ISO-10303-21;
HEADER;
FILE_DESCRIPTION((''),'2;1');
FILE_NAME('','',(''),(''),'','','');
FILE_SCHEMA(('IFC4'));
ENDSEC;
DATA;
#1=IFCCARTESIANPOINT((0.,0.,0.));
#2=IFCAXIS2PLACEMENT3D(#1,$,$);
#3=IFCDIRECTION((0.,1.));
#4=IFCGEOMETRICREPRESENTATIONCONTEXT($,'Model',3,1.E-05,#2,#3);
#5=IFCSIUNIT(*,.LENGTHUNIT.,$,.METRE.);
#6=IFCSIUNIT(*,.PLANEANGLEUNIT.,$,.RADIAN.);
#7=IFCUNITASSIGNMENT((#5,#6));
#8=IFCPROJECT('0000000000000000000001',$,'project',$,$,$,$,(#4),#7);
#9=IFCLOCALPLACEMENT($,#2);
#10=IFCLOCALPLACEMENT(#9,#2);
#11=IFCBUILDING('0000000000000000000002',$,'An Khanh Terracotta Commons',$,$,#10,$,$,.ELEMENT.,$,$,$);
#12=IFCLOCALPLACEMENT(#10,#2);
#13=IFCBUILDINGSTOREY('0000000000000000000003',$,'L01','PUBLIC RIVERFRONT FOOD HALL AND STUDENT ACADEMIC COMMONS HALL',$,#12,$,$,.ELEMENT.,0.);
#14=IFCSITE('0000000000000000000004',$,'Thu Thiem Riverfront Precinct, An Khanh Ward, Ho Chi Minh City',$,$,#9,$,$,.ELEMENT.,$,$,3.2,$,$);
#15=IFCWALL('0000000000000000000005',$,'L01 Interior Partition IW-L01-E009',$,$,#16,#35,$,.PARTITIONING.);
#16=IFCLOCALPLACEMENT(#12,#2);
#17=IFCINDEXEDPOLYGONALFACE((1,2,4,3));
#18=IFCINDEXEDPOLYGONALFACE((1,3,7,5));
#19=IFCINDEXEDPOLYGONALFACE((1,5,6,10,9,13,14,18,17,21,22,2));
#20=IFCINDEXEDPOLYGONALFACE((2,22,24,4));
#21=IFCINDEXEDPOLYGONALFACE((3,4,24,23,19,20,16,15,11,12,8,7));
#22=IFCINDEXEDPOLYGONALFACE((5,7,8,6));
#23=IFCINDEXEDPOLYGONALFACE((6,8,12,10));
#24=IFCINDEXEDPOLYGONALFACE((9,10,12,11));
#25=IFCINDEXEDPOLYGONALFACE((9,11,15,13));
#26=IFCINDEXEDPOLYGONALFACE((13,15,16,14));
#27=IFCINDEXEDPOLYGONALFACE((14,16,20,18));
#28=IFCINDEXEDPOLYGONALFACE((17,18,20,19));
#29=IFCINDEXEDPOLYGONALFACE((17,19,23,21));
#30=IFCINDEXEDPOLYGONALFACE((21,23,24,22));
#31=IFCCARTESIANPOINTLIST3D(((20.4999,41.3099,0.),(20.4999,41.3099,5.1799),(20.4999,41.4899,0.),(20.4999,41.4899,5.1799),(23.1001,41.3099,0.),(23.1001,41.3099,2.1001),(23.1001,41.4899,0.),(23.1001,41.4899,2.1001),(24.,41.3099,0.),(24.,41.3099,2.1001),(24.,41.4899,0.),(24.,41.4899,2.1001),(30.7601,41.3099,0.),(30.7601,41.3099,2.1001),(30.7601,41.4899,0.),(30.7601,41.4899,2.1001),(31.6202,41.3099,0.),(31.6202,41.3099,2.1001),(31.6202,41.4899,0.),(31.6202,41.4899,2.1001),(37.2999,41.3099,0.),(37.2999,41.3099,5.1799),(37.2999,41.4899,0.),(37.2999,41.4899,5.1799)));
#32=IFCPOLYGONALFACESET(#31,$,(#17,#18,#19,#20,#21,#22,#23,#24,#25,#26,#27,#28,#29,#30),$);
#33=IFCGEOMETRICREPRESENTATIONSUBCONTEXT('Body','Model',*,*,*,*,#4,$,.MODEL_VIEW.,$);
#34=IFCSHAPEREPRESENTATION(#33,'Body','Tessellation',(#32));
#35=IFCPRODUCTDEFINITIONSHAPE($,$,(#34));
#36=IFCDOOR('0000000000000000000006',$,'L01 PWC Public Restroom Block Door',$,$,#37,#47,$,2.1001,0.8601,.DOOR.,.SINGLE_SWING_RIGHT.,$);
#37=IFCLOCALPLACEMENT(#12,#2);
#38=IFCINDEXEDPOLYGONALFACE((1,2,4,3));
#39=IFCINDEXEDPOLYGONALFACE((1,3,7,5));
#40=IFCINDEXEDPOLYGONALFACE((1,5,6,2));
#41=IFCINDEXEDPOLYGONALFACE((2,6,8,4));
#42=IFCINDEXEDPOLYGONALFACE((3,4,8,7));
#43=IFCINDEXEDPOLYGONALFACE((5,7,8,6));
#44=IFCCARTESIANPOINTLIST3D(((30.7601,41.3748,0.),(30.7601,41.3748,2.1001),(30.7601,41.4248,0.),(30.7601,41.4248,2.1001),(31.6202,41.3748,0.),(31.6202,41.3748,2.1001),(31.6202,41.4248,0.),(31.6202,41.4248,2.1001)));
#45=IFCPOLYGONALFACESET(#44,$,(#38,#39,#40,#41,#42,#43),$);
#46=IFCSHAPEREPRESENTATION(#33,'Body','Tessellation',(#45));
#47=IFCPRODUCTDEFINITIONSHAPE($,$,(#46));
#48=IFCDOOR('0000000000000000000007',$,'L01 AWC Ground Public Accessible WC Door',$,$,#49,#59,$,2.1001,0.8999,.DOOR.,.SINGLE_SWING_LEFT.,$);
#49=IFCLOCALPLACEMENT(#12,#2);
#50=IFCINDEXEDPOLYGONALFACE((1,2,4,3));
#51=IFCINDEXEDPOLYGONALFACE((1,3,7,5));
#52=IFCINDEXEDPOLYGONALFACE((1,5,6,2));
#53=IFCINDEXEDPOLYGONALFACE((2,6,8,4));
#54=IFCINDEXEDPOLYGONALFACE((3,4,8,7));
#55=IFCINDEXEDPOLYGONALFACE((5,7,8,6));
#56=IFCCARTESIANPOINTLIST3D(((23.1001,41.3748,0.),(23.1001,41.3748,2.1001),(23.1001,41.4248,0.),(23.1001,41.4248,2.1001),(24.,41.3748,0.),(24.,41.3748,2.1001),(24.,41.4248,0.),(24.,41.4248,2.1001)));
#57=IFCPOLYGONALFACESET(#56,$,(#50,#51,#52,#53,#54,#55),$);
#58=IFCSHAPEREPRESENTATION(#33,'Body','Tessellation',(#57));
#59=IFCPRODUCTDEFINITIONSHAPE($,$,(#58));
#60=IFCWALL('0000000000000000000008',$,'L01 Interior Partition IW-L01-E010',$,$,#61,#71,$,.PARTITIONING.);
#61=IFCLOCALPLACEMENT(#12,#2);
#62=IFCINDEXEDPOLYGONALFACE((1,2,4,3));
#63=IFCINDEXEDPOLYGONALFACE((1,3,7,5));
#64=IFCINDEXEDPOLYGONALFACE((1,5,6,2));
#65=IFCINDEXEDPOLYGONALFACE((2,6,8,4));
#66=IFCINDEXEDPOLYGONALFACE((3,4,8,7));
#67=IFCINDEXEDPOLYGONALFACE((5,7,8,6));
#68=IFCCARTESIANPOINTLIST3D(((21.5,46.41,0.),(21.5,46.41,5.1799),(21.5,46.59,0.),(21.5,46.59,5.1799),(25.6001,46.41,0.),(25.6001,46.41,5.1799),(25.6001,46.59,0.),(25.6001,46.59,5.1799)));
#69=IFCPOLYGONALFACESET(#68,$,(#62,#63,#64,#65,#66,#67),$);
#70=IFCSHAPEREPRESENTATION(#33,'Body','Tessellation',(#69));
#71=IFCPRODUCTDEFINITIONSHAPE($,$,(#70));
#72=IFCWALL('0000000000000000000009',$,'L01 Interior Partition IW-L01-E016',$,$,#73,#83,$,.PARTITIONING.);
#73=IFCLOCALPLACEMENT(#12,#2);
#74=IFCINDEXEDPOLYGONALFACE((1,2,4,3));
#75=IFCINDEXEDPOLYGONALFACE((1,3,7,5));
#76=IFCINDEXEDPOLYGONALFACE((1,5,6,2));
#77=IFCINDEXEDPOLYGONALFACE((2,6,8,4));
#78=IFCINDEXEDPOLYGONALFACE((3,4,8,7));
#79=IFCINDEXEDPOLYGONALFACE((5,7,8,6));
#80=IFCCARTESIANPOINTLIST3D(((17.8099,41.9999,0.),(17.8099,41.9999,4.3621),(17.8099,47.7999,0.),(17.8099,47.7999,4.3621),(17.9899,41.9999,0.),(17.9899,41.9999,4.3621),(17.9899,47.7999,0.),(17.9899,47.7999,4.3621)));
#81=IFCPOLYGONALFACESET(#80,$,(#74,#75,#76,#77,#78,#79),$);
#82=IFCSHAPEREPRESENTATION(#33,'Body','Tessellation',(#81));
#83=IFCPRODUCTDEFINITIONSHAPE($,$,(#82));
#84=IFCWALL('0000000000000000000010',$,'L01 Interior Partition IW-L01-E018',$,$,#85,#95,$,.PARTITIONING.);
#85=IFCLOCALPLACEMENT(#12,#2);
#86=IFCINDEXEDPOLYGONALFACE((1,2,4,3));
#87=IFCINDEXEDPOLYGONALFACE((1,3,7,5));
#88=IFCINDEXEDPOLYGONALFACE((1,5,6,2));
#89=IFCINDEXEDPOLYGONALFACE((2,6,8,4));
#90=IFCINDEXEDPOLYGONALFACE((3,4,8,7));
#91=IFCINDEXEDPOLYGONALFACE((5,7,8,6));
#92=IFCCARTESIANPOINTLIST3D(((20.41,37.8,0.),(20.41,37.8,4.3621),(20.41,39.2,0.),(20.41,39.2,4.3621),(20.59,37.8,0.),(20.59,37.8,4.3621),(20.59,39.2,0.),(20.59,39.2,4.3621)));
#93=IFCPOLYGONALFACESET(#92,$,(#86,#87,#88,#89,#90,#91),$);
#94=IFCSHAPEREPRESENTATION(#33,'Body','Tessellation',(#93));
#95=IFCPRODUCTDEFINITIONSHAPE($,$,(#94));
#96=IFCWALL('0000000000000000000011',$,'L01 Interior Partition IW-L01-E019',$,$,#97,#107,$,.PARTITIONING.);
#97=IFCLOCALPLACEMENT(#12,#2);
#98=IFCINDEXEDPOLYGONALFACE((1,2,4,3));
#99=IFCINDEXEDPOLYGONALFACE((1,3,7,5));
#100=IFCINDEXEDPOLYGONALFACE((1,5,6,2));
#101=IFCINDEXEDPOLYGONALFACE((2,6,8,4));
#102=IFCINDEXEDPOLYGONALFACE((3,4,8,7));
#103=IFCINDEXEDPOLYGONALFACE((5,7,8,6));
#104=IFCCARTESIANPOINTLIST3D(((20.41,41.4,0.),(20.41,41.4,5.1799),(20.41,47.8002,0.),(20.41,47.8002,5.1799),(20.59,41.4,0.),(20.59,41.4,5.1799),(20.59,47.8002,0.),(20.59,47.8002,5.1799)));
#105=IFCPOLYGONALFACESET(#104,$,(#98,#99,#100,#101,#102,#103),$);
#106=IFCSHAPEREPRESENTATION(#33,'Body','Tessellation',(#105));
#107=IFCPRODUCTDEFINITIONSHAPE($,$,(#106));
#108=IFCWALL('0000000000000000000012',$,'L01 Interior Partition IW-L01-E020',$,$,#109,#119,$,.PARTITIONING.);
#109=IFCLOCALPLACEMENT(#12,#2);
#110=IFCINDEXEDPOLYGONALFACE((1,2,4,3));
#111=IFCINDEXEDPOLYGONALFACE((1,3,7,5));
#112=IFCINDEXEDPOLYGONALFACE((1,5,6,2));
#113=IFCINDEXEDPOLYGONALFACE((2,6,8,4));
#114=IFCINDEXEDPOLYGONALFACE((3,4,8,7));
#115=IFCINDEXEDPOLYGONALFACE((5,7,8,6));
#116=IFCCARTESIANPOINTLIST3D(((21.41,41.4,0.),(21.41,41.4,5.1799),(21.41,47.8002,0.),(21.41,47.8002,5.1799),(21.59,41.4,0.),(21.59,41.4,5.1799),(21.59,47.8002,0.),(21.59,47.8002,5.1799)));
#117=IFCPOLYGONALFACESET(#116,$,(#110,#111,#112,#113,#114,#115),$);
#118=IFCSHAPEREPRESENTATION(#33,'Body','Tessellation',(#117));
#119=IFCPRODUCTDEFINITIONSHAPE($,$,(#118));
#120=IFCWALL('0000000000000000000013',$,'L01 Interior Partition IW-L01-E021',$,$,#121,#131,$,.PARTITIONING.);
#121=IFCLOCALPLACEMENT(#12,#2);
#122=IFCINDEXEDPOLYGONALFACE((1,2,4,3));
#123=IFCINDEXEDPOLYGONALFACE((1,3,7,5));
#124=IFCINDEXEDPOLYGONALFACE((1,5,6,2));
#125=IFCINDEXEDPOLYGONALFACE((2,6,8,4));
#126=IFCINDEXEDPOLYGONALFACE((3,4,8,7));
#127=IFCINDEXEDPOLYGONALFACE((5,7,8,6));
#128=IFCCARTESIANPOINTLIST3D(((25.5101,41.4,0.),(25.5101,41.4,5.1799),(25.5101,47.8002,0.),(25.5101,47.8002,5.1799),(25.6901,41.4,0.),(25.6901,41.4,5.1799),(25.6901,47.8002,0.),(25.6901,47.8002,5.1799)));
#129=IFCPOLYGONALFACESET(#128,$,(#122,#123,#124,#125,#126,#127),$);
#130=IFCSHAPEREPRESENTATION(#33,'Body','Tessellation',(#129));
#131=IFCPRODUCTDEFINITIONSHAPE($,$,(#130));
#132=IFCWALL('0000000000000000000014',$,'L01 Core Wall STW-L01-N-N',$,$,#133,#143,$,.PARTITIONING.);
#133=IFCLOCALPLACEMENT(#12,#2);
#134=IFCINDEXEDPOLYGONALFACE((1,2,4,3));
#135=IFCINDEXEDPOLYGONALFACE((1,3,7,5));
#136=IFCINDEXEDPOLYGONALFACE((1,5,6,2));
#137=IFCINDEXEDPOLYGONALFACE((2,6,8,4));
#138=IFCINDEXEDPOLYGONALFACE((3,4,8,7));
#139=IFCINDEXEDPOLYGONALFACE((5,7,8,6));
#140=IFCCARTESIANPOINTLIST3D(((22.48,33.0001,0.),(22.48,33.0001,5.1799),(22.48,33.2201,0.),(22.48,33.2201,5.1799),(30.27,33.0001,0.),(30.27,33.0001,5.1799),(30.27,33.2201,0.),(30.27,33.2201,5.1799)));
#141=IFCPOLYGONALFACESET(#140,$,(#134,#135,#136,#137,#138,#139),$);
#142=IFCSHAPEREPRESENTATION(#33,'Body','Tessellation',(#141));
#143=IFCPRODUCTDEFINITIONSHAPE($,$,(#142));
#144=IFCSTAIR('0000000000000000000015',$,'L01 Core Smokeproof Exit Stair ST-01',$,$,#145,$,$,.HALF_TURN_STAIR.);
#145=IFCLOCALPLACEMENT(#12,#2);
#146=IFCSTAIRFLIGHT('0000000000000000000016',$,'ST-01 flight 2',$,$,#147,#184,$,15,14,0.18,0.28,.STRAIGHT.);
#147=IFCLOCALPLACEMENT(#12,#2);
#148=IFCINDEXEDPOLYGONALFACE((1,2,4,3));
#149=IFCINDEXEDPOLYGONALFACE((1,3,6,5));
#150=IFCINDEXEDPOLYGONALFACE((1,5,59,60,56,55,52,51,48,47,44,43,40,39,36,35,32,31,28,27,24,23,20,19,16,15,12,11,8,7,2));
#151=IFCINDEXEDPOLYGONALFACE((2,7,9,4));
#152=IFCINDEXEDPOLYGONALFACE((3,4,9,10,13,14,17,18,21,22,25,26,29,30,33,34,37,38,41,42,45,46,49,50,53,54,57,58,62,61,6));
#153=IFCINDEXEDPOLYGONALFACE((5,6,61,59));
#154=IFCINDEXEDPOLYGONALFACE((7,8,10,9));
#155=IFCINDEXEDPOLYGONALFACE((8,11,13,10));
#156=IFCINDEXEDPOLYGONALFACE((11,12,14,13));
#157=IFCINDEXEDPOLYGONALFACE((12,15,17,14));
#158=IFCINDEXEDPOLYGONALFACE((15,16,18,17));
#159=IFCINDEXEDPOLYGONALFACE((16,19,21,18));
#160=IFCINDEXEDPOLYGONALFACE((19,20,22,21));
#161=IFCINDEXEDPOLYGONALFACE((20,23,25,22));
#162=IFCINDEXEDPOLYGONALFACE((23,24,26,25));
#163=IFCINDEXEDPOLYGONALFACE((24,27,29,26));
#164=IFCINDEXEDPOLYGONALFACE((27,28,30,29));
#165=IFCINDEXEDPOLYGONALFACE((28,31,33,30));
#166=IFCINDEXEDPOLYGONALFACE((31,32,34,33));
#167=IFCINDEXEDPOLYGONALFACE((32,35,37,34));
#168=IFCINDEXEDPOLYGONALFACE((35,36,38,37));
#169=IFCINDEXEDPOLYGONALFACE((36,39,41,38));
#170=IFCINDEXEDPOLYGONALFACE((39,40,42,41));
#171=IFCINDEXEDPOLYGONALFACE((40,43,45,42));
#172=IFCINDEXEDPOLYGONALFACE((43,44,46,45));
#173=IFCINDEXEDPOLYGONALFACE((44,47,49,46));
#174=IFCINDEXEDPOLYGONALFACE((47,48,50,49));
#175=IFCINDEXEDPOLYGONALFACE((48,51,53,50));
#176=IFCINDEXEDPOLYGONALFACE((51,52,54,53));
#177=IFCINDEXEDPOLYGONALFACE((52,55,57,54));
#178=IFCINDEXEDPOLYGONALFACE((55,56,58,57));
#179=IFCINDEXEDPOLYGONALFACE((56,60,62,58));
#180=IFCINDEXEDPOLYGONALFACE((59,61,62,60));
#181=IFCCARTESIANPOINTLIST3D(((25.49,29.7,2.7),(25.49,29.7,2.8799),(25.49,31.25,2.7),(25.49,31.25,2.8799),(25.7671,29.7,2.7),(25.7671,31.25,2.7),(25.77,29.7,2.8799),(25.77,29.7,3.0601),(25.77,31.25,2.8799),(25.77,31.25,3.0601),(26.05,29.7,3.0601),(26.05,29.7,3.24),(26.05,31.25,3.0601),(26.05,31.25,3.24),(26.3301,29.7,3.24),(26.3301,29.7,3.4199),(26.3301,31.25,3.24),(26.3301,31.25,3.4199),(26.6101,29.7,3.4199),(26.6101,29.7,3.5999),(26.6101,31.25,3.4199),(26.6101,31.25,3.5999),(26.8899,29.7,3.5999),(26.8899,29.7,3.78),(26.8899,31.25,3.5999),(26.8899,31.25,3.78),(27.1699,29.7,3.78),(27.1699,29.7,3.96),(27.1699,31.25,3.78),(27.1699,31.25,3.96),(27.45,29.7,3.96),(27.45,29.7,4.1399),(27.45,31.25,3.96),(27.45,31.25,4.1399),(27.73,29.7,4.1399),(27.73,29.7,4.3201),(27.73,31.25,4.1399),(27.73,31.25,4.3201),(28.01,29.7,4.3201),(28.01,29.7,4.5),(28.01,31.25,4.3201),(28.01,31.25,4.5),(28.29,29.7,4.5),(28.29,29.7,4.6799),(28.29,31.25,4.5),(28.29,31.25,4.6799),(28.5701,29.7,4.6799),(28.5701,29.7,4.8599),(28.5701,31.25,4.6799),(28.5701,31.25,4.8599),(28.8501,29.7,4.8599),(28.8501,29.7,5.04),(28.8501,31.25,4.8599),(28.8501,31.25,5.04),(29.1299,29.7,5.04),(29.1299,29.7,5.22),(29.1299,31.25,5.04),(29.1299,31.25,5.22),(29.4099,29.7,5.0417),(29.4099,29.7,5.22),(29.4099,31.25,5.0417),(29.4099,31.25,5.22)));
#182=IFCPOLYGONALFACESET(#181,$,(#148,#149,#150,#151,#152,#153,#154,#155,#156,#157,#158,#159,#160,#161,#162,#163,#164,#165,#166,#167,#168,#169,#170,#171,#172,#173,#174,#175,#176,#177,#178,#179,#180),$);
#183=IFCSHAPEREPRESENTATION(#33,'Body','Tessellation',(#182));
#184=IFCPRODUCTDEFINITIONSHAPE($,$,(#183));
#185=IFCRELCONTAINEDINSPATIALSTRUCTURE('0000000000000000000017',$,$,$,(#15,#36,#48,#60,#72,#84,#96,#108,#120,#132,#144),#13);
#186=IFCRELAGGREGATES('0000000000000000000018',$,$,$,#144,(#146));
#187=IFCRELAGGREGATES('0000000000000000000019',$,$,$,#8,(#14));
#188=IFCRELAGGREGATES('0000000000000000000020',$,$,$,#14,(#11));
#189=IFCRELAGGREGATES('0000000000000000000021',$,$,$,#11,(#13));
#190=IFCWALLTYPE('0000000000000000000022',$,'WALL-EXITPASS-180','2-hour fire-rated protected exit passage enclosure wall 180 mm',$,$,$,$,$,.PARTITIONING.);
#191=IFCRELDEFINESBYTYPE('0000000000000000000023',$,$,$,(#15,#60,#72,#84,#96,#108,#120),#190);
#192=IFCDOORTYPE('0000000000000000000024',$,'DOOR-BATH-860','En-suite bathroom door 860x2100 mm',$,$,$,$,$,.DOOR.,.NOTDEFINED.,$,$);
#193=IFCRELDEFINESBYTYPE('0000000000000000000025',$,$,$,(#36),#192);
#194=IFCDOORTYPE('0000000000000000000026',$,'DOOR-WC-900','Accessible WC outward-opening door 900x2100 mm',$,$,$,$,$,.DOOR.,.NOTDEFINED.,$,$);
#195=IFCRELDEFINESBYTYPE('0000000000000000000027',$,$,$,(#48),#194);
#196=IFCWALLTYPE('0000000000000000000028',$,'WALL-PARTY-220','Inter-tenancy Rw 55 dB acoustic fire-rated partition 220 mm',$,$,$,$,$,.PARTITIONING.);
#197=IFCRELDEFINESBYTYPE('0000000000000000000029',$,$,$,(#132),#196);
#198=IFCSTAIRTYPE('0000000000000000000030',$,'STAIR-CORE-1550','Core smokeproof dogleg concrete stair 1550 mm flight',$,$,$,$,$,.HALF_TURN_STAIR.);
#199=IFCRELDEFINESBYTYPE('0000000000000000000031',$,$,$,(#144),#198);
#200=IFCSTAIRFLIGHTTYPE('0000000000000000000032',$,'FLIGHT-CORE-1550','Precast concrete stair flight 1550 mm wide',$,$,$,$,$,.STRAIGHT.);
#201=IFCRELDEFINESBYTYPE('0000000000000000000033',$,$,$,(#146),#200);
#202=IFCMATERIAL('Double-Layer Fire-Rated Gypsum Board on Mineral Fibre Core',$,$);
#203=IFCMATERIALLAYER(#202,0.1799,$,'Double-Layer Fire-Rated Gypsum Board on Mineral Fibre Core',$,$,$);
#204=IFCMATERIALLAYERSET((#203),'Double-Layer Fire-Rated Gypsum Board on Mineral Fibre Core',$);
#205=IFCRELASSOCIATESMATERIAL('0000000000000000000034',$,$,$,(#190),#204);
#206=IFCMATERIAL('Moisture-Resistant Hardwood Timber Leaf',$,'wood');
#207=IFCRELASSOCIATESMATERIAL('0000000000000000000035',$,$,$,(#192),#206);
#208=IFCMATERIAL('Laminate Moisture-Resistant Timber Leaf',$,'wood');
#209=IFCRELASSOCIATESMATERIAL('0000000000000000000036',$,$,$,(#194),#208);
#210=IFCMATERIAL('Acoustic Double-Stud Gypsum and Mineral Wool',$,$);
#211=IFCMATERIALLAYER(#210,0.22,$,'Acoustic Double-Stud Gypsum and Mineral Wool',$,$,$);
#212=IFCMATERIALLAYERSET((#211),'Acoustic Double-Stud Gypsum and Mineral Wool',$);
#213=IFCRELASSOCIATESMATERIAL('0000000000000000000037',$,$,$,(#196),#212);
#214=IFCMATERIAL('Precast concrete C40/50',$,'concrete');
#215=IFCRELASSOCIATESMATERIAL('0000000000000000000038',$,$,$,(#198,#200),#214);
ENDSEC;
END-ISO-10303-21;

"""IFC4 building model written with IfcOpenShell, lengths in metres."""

from ifc_helpers import new_model, si_unit, direction, frame, frame_2d, origin, place, context, subcontext, project, spatial, polyline, rectangle, outline, extrude, material, layer, layer_set, type_object, element, fill, aggregate, save


model = new_model("IFC4")

# Units and contexts
model_context = context("Model", 3, precision=1e-05, world=origin(), true_north=direction((0.0, 1.0)))
body_context = subcontext(model_context, "Body", "Model", "MODEL_VIEW")
ifc_project = project(units=[si_unit("LENGTHUNIT", "METRE"), si_unit("PLANEANGLEUNIT", "RADIAN")], contexts=[model_context])

# Site, building, storey
site_placement = place(None, origin())
site = spatial("IfcSite", under=ifc_project, at=site_placement, Name="Thu Thiem Riverfront Precinct, An Khanh Ward, Ho Chi Minh City", CompositionType="ELEMENT", RefElevation=3.2)
building_placement = place(site_placement, origin())
building = spatial("IfcBuilding", under=site, at=building_placement, Name="An Khanh Terracotta Commons", CompositionType="ELEMENT")
storey_placement = place(building_placement, origin())
storey = spatial("IfcBuildingStorey", under=building, at=storey_placement, Name="L01", Description="PUBLIC RIVERFRONT FOOD HALL AND STUDENT ACADEMIC COMMONS HALL", CompositionType="ELEMENT", Elevation=0.0)

# Shared definitions
ifc_material_1 = material(Name="Double-Layer Fire-Rated Gypsum Board on Mineral Fibre Core")
ifc_layer_1 = layer(ifc_material_1, 0.1799, Name="Double-Layer Fire-Rated Gypsum Board on Mineral Fibre Core")
ifc_layer_set_1 = layer_set([ifc_layer_1], Name="Double-Layer Fire-Rated Gypsum Board on Mineral Fibre Core")
wall_type_1 = type_object("IfcWallType", Name="WALL-EXITPASS-180", Description="2-hour fire-rated protected exit passage enclosure wall 180 mm", PredefinedType="PARTITIONING", material=ifc_layer_set_1)

# Wall, openings, doors
wall_1_placement = place(storey_placement, frame((20.5, 41.3999, 0.0), z_axis=(0.0, 0.0, 1.0), x_axis=(1.0, 0.0, 0.0)))
wall_1 = element("IfcWall", 1, at=wall_1_placement, inside=storey, type_object=wall_type_1, Name="L01 Interior Partition IW-L01-E009", PredefinedType="PARTITIONING", context=body_context, shape_type="SweptSolid", body=[
    extrude(rectangle(XDim=16.8, YDim=0.1799, at=frame_2d((8.3999, 0.0))), origin(), (0.0, 0.0, 1.0), 5.1799),
])
opening_1_placement = place(wall_1_placement, frame((2.6001, 0.0, 0.0)))
opening_1 = element("IfcOpeningElement", 2, at=opening_1_placement, cuts=wall_1, PredefinedType="OPENING", context=body_context, shape_type="SweptSolid", body=[
    extrude(rectangle(XDim=0.8999, YDim=2.1001, at=frame_2d((0.45, 1.05))), frame((0.0, 0.0999, 0.0), z_axis=(0.0, -1.0, 0.0), x_axis=(1.0, 0.0, 0.0)), (0.0, 0.0, 1.0), 0.2),
])
opening_2_placement = place(wall_1_placement, frame((10.26, 0.0, 0.0)))
opening_2 = element("IfcOpeningElement", 3, at=opening_2_placement, cuts=wall_1, PredefinedType="OPENING", context=body_context, shape_type="SweptSolid", body=[
    extrude(rectangle(XDim=0.8601, YDim=2.1001, at=frame_2d((0.4302, 1.05))), frame((0.0, 0.0999, 0.0), z_axis=(0.0, -1.0, 0.0), x_axis=(1.0, 0.0, 0.0)), (0.0, 0.0, 1.0), 0.2),
])
ifc_material_2 = material(Name="Moisture-Resistant Hardwood Timber Leaf", Category="wood")
door_type_1 = type_object("IfcDoorType", Name="DOOR-BATH-860", Description="En-suite bathroom door 860x2100 mm", OperationType="NOTDEFINED", PredefinedType="DOOR", material=ifc_material_2)
door_1_placement = place(opening_2_placement, origin())
door_1 = element("IfcDoor", 4, at=door_1_placement, inside=storey, type_object=door_type_1, Name="L01 PWC Public Restroom Block Door", OperationType="SINGLE_SWING_RIGHT", OverallHeight=2.1001, OverallWidth=0.8601, PredefinedType="DOOR", context=body_context, shape_type="SweptSolid", body=[
    extrude(rectangle(XDim=0.8601, YDim=2.1001, at=frame_2d((0.4302, 1.05))), frame((0.0, 0.0249, 0.0), z_axis=(0.0, -1.0, 0.0), x_axis=(1.0, 0.0, 0.0)), (0.0, 0.0, 1.0), 0.05),
])
fill(opening_2, door_1)
ifc_material_3 = material(Name="Laminate Moisture-Resistant Timber Leaf", Category="wood")
door_type_2 = type_object("IfcDoorType", Name="DOOR-WC-900", Description="Accessible WC outward-opening door 900x2100 mm", OperationType="NOTDEFINED", PredefinedType="DOOR", material=ifc_material_3)
door_2_placement = place(opening_1_placement, origin())
door_2 = element("IfcDoor", 5, at=door_2_placement, inside=storey, type_object=door_type_2, Name="L01 AWC Ground Public Accessible WC Door", OperationType="SINGLE_SWING_LEFT", OverallHeight=2.1001, OverallWidth=0.8999, PredefinedType="DOOR", context=body_context, shape_type="SweptSolid", body=[
    extrude(rectangle(XDim=0.8999, YDim=2.1001, at=frame_2d((0.45, 1.05))), frame((0.0, 0.0249, 0.0), z_axis=(0.0, -1.0, 0.0), x_axis=(1.0, 0.0, 0.0)), (0.0, 0.0, 1.0), 0.05),
])
fill(opening_1, door_2)

# Walls
wall_2_placement = place(storey_placement, frame((21.5, 46.5, 0.0), z_axis=(0.0, 0.0, 1.0), x_axis=(1.0, 0.0, 0.0)))
element("IfcWall", 6, at=wall_2_placement, inside=storey, type_object=wall_type_1, Name="L01 Interior Partition IW-L01-E010", PredefinedType="PARTITIONING", context=body_context, shape_type="SweptSolid", body=[
    extrude(rectangle(XDim=4.1001, YDim=0.1799, at=frame_2d((2.05, 0.0))), origin(), (0.0, 0.0, 1.0), 5.1799),
])
wall_3_placement = place(storey_placement, frame((17.8999, 42.0, 0.0), z_axis=(0.0, 0.0, 1.0), x_axis=(0.0, 1.0, 0.0)))
element("IfcWall", 7, at=wall_3_placement, inside=storey, type_object=wall_type_1, Name="L01 Interior Partition IW-L01-E016", PredefinedType="PARTITIONING", context=body_context, shape_type="SweptSolid", body=[
    extrude(rectangle(XDim=5.8, YDim=0.1799, at=frame_2d((2.8999, 0.0))), origin(), (0.0, 0.0, 1.0), 4.3621),
])
wall_4_placement = place(storey_placement, frame((20.5, 37.8, 0.0), z_axis=(0.0, 0.0, 1.0), x_axis=(0.0, 1.0, 0.0)))
element("IfcWall", 8, at=wall_4_placement, inside=storey, type_object=wall_type_1, Name="L01 Interior Partition IW-L01-E018", PredefinedType="PARTITIONING", context=body_context, shape_type="SweptSolid", body=[
    extrude(rectangle(XDim=1.3999, YDim=0.1799, at=frame_2d((0.7, 0.0))), origin(), (0.0, 0.0, 1.0), 4.3621),
])
for number, where, z_axis, x_axis, name in (
    (9, (20.5, 41.3999, 0.0), (0.0, 0.0, 1.0), (0.0, 1.0, 0.0), "L01 Interior Partition IW-L01-E019"),
    (10, (21.5, 41.3999, 0.0), (0.0, 0.0, 1.0), (0.0, 1.0, 0.0), "L01 Interior Partition IW-L01-E020"),
    (11, (25.6001, 41.3999, 0.0), (0.0, 0.0, 1.0), (0.0, 1.0, 0.0), "L01 Interior Partition IW-L01-E021"),
):
    element("IfcWall", number, at=place(storey_placement, frame(where, z_axis=z_axis, x_axis=x_axis)), inside=storey, type_object=wall_type_1, Name=name, PredefinedType="PARTITIONING", context=body_context, shape_type="SweptSolid", body=[
        extrude(rectangle(XDim=6.4001, YDim=0.1799, at=frame_2d((3.2002, 0.0))), origin(), (0.0, 0.0, 1.0), 5.1799),
    ])
ifc_material_4 = material(Name="Acoustic Double-Stud Gypsum and Mineral Wool")
ifc_layer_2 = layer(ifc_material_4, 0.22, Name="Acoustic Double-Stud Gypsum and Mineral Wool")
ifc_layer_set_2 = layer_set([ifc_layer_2], Name="Acoustic Double-Stud Gypsum and Mineral Wool")
wall_type_2 = type_object("IfcWallType", Name="WALL-PARTY-220", Description="Inter-tenancy Rw 55 dB acoustic fire-rated partition 220 mm", PredefinedType="PARTITIONING", material=ifc_layer_set_2)
wall_5_placement = place(storey_placement, frame((22.48, 33.1101, 0.0), z_axis=(0.0, 0.0, 1.0), x_axis=(1.0, 0.0, 0.0)))
element("IfcWall", 12, at=wall_5_placement, inside=storey, type_object=wall_type_2, Name="L01 Core Wall STW-L01-N-N", PredefinedType="PARTITIONING", context=body_context, shape_type="SweptSolid", body=[
    extrude(rectangle(XDim=7.79, YDim=0.22, at=frame_2d((3.895, 0.0))), origin(), (0.0, 0.0, 1.0), 5.1799),
])

# Stair, stair flight
ifc_material_5 = material(Name="Precast concrete C40/50", Category="concrete")
stair_type = type_object("IfcStairType", Name="STAIR-CORE-1550", Description="Core smokeproof dogleg concrete stair 1550 mm flight", PredefinedType="HALF_TURN_STAIR", material=ifc_material_5)
stair_placement = place(storey_placement, origin())
stair = element("IfcStair", 13, at=stair_placement, inside=storey, type_object=stair_type, Name="L01 Core Smokeproof Exit Stair ST-01", PredefinedType="HALF_TURN_STAIR")
stair_flight_type = type_object("IfcStairFlightType", Name="FLIGHT-CORE-1550", Description="Precast concrete stair flight 1550 mm wide", PredefinedType="STRAIGHT", material=ifc_material_5)
stair_flight_placement = place(storey_placement, frame((25.49, 30.4751, 2.7), z_axis=(0.0, 0.0, 1.0), x_axis=(1.0, 0.0, 0.0)))
stair_flight = element("IfcStairFlight", 14, at=stair_flight_placement, type_object=stair_flight_type, Name="ST-01 flight 2", NumberOfRisers=15, NumberOfTreads=14, PredefinedType="STRAIGHT", RiserHeight=0.18, TreadLength=0.28, context=body_context, shape_type="SweptSolid", body=[
    extrude(outline(polyline([(0.0, 0.0), (0.0, 0.1799), (0.28, 0.1799), (0.28, 0.3601), (0.5601, 0.3601), (0.5601, 0.54), (0.8401, 0.54), (0.8401, 0.72), (1.1201, 0.72), (1.1201, 0.8999), (1.3999, 0.8999), (1.3999, 1.0801), (1.6799, 1.0801), (1.6799, 1.26), (1.96, 1.26), (1.96, 1.4399), (2.24, 1.4399), (2.24, 1.6201), (2.52, 1.6201), (2.52, 1.8), (2.8, 1.8), (2.8, 1.98), (3.0801, 1.98), (3.0801, 2.1599), (3.3601, 2.1599), (3.3601, 2.3401), (3.6399, 2.3401), (3.6399, 2.52), (3.9199, 2.52), (3.9199, 2.7), (3.9199, 2.3418), (0.2771, 0.0), (0.0, 0.0)])), frame((0.0, 0.7749, 0.0), z_axis=(0.0, -1.0, 0.0), x_axis=(1.0, 0.0, 0.0)), (0.0, 0.0, 1.0), 1.55),
])
aggregate(stair, [stair_flight])

save(model, "model.ifc")
